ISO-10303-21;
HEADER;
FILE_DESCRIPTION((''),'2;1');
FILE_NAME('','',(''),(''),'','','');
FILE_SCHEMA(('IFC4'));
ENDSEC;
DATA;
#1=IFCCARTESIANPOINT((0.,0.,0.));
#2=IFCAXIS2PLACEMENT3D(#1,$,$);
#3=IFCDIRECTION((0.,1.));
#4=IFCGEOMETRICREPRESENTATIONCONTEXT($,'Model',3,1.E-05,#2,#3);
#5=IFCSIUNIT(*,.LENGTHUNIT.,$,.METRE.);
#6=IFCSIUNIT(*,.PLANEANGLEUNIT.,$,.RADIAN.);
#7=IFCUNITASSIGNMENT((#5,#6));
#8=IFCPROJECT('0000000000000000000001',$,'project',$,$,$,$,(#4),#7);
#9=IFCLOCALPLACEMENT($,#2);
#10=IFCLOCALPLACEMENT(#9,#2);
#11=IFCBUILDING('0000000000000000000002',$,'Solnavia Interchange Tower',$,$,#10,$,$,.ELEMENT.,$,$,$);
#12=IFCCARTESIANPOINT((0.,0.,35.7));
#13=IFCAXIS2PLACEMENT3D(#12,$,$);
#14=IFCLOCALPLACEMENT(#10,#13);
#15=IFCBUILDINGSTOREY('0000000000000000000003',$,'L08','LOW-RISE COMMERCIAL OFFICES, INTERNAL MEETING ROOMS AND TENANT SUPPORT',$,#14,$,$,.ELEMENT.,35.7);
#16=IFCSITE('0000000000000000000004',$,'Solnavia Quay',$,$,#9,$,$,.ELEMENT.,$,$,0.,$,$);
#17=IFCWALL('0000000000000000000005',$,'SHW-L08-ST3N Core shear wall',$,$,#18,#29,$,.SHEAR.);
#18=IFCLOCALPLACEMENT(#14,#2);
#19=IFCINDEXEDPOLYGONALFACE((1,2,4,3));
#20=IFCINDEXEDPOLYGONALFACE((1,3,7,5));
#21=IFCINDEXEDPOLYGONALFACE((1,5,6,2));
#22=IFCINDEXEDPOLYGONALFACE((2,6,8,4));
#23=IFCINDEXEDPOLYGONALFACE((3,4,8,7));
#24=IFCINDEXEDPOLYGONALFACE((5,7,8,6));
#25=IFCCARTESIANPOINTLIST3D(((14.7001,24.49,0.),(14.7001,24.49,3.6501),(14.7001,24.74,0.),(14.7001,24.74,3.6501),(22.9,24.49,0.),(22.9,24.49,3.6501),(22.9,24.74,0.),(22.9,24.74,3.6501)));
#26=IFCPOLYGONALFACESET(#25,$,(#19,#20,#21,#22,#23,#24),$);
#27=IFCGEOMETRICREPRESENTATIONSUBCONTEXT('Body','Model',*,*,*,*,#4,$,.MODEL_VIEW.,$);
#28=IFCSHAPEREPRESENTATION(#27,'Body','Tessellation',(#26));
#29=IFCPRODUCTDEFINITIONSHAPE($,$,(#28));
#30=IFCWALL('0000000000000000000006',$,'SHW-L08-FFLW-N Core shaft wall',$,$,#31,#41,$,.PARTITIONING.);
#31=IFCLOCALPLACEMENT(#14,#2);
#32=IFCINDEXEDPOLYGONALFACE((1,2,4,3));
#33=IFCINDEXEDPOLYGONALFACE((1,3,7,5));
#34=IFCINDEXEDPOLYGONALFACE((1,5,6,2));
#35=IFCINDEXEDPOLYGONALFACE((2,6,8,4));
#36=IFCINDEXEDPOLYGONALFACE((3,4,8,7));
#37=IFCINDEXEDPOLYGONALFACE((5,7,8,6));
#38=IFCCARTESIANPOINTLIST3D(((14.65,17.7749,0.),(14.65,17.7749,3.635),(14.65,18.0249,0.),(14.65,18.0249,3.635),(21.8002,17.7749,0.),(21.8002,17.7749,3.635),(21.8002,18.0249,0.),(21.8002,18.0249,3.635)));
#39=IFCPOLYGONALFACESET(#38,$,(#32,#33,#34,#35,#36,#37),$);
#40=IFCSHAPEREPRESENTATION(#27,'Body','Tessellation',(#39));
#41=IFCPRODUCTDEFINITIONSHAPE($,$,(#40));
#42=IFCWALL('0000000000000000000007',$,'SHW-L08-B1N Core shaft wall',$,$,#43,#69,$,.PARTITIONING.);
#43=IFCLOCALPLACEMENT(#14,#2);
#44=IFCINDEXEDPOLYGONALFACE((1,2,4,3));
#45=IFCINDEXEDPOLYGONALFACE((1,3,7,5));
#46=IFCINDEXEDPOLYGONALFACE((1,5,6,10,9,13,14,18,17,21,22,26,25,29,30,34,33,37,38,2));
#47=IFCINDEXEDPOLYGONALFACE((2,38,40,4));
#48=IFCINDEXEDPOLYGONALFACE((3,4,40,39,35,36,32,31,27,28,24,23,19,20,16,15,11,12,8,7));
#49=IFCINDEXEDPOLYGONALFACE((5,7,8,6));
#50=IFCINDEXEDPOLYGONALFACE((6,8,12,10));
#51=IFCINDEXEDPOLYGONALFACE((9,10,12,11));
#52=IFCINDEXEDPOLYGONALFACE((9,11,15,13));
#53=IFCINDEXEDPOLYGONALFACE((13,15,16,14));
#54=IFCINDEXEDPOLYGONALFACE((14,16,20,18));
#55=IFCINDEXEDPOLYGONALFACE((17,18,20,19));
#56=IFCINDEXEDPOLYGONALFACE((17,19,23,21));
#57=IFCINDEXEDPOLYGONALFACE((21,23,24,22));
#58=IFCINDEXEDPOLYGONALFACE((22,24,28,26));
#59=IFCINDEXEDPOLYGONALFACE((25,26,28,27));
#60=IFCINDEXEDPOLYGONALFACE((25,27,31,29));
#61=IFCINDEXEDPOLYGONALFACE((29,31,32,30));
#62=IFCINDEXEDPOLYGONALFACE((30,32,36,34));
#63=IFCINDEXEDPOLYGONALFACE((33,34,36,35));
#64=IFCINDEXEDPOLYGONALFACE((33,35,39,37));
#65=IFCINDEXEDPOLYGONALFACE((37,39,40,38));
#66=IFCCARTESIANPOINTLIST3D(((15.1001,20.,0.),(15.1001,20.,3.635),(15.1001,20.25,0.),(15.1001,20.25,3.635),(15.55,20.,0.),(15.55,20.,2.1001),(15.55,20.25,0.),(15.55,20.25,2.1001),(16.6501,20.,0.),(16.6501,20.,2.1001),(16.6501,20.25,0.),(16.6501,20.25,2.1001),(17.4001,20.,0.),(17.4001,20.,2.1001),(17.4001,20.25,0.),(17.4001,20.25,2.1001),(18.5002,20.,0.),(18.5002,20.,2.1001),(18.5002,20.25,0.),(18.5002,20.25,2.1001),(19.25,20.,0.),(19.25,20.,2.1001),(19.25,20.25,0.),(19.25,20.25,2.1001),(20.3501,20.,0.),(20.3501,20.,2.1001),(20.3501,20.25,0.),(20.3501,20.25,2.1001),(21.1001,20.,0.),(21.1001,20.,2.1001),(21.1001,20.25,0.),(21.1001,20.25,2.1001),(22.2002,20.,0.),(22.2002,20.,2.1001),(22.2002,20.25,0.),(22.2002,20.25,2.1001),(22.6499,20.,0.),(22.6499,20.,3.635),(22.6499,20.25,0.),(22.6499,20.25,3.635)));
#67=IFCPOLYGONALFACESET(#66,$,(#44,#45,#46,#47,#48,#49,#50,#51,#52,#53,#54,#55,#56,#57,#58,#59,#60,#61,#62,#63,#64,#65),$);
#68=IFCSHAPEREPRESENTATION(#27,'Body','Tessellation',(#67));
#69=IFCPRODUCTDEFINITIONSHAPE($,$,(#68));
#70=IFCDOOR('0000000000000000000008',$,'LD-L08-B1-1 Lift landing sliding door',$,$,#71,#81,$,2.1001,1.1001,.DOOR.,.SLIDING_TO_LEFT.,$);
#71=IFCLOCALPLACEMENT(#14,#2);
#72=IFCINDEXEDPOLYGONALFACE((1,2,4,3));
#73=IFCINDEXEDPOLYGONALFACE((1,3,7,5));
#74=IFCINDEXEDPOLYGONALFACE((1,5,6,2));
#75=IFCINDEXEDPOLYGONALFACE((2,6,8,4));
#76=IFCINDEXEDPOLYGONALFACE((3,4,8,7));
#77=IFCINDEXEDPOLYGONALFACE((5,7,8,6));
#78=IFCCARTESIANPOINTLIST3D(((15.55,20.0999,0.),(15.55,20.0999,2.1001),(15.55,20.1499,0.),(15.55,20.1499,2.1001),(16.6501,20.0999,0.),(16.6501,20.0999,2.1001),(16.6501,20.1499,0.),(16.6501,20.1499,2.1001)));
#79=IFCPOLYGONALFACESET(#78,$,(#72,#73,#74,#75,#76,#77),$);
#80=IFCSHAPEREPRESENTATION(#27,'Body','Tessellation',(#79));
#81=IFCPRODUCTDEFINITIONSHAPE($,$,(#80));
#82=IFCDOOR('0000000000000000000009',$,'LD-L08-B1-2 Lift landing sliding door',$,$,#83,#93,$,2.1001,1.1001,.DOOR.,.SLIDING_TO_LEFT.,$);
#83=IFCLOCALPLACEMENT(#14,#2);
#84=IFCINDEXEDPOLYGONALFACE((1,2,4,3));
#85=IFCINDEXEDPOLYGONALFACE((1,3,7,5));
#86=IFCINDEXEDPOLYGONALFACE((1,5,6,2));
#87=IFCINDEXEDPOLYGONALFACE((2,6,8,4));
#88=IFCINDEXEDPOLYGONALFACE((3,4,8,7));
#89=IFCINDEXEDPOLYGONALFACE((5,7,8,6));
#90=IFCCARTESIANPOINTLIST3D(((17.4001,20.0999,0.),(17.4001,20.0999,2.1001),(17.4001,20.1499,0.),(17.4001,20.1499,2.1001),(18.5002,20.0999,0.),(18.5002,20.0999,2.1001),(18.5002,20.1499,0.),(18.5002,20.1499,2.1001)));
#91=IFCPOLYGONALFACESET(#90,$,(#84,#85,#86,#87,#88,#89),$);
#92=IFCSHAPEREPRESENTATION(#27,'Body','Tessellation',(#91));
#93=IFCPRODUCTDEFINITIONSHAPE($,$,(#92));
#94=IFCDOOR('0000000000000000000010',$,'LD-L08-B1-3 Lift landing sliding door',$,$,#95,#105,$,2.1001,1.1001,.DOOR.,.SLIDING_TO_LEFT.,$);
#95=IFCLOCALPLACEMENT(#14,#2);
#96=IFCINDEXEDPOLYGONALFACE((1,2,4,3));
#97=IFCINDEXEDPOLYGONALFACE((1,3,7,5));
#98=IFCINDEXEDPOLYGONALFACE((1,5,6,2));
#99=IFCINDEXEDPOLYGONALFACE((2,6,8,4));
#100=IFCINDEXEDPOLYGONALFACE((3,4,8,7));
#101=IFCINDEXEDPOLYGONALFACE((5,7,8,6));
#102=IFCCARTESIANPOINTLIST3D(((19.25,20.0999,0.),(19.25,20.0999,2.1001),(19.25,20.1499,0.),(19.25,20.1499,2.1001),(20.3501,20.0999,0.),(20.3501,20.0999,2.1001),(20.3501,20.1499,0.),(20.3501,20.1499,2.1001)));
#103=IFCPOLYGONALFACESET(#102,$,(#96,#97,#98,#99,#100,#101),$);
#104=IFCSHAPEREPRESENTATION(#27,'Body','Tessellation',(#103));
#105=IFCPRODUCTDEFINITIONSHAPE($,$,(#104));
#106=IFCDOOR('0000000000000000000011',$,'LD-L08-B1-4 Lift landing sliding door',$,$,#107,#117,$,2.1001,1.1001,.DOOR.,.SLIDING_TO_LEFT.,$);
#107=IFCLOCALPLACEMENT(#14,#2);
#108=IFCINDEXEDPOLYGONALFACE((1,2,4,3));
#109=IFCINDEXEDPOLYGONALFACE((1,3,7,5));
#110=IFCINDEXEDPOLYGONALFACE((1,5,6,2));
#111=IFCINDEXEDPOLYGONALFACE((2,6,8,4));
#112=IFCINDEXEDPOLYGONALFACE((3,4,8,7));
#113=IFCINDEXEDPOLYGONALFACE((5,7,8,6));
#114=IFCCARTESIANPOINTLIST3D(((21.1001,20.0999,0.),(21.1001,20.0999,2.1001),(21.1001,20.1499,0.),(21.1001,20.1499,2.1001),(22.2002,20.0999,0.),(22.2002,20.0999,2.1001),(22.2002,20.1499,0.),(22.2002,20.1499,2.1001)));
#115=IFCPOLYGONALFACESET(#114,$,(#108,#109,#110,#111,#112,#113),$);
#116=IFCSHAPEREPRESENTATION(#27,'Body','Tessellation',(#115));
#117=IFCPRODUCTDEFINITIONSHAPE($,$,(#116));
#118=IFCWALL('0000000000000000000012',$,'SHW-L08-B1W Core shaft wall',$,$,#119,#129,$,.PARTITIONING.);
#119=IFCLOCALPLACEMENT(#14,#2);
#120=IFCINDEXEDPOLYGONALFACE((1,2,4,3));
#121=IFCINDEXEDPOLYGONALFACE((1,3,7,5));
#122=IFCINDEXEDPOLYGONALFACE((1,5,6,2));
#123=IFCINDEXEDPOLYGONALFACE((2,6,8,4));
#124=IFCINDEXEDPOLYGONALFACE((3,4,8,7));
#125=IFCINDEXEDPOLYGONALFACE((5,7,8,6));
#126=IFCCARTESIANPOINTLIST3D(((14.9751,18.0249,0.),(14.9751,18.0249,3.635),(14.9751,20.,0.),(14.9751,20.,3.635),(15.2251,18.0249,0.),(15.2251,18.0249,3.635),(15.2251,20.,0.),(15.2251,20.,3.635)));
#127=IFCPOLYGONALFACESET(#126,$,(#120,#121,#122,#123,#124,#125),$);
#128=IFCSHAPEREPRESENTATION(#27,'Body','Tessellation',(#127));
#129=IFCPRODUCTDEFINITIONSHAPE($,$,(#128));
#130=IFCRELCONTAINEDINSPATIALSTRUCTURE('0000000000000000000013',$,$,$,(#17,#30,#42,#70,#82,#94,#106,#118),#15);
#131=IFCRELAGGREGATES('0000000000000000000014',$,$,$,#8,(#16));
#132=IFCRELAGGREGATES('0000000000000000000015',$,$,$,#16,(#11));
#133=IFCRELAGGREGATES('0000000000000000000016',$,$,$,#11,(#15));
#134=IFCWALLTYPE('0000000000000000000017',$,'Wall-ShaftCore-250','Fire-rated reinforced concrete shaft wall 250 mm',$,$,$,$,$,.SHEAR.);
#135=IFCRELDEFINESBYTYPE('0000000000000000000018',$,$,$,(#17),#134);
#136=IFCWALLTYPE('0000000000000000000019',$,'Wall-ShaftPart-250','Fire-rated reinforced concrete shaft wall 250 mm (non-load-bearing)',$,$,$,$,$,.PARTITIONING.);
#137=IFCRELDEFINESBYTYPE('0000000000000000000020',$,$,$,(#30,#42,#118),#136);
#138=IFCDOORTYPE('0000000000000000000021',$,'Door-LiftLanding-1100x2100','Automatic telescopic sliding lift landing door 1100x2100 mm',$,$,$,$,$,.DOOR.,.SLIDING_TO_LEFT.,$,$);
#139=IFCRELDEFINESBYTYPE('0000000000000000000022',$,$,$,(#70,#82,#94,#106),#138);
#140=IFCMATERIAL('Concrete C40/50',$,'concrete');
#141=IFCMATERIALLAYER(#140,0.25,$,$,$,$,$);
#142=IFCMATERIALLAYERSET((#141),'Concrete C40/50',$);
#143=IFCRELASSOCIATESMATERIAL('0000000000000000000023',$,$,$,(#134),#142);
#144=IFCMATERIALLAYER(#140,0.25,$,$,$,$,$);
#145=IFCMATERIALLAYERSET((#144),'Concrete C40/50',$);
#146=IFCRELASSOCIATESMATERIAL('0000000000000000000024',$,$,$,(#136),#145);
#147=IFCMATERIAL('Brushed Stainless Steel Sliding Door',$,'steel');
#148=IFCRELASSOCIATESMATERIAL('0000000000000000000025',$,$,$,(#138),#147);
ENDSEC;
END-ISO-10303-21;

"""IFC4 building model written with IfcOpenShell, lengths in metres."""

from ifc_helpers import new_model, si_unit, direction, frame, frame_2d, origin, place, context, subcontext, project, spatial, rectangle, extrude, material, layer, layer_set, type_object, element, fill, save


model = new_model("IFC4")

# Units and contexts
model_context = context("Model", 3, precision=1e-05, world=origin(), true_north=direction((0.0, 1.0)))
body_context = subcontext(model_context, "Body", "Model", "MODEL_VIEW")
ifc_project = project(units=[si_unit("LENGTHUNIT", "METRE"), si_unit("PLANEANGLEUNIT", "RADIAN")], contexts=[model_context])

# Site, building, storey
site_placement = place(None, origin())
site = spatial("IfcSite", under=ifc_project, at=site_placement, Name="Solnavia Quay", CompositionType="ELEMENT", RefElevation=0.0)
building_placement = place(site_placement, origin())
building = spatial("IfcBuilding", under=site, at=building_placement, Name="Solnavia Interchange Tower", CompositionType="ELEMENT")
storey_placement = place(building_placement, frame((0.0, 0.0, 35.7)))
storey = spatial("IfcBuildingStorey", under=building, at=storey_placement, Name="L08", Description="LOW-RISE COMMERCIAL OFFICES, INTERNAL MEETING ROOMS AND TENANT SUPPORT", CompositionType="ELEMENT", Elevation=35.7)

# Shared definitions
ifc_material_1 = material(Name="Concrete C40/50", Category="concrete")

# Shared definitions
ifc_layer_1 = layer(ifc_material_1, 0.25)
ifc_layer_set_1 = layer_set([ifc_layer_1], Name="Concrete C40/50")
wall_type_1 = type_object("IfcWallType", Name="Wall-ShaftCore-250", Description="Fire-rated reinforced concrete shaft wall 250 mm", PredefinedType="SHEAR", material=ifc_layer_set_1)

# Walls
for number, where, z_axis, x_axis, name in (
    (1, (14.7, 24.615, 0.0), (0.0, 0.0, 1.0), (1.0, 0.0, 0.0), "SHW-L08-ST3N Core shear wall"),
):
    element("IfcWall", number, at=place(storey_placement, frame(where, z_axis=z_axis, x_axis=x_axis)), inside=storey, type_object=wall_type_1, Name=name, PredefinedType="SHEAR", context=body_context, shape_type="SweptSolid", body=[
        extrude(rectangle(XDim=8.2, YDim=0.25, at=frame_2d((4.1001, 0.0))), origin(), (0.0, 0.0, 1.0), 3.6501),
    ])
ifc_layer_2 = layer(ifc_material_1, 0.25)
ifc_layer_set_2 = layer_set([ifc_layer_2], Name="Concrete C40/50")
wall_type_2 = type_object("IfcWallType", Name="Wall-ShaftPart-250", Description="Fire-rated reinforced concrete shaft wall 250 mm (non-load-bearing)", PredefinedType="PARTITIONING", material=ifc_layer_set_2)
wall_1_placement = place(storey_placement, frame((14.6499, 17.8999, 0.0), z_axis=(0.0, 0.0, 1.0), x_axis=(1.0, 0.0, 0.0)))
element("IfcWall", 2, at=wall_1_placement, inside=storey, type_object=wall_type_2, Name="SHW-L08-FFLW-N Core shaft wall", PredefinedType="PARTITIONING", context=body_context, shape_type="SweptSolid", body=[
    extrude(rectangle(XDim=7.1501, YDim=0.25, at=frame_2d((3.5752, 0.0))), origin(), (0.0, 0.0, 1.0), 3.635),
])

# Wall, openings, doors
wall_2_placement = place(storey_placement, frame((15.1001, 20.125, 0.0), z_axis=(0.0, 0.0, 1.0), x_axis=(1.0, 0.0, 0.0)))
wall_2 = element("IfcWall", 3, at=wall_2_placement, inside=storey, type_object=wall_type_2, Name="SHW-L08-B1N Core shaft wall", PredefinedType="PARTITIONING", context=body_context, shape_type="SweptSolid", body=[
    extrude(rectangle(XDim=7.5498, YDim=0.25, at=frame_2d((3.7749, 0.0))), origin(), (0.0, 0.0, 1.0), 3.635),
])
opening_1_placement = place(wall_2_placement, frame((0.45, 0.0, 0.0)))
opening_1 = element("IfcOpeningElement", 4, at=opening_1_placement, cuts=wall_2, PredefinedType="OPENING", context=body_context, shape_type="SweptSolid", body=[
    extrude(rectangle(XDim=1.1001, YDim=2.1001, at=frame_2d((0.55, 1.05))), frame((0.0, 0.135, 0.0), z_axis=(0.0, -1.0, 0.0), x_axis=(1.0, 0.0, 0.0)), (0.0, 0.0, 1.0), 0.27),
])
opening_2_placement = place(wall_2_placement, frame((2.3, 0.0, 0.0)))
opening_2 = element("IfcOpeningElement", 5, at=opening_2_placement, cuts=wall_2, PredefinedType="OPENING", context=body_context, shape_type="SweptSolid", body=[
    extrude(rectangle(XDim=1.1001, YDim=2.1001, at=frame_2d((0.55, 1.05))), frame((0.0, 0.135, 0.0), z_axis=(0.0, -1.0, 0.0), x_axis=(1.0, 0.0, 0.0)), (0.0, 0.0, 1.0), 0.27),
])
opening_3_placement = place(wall_2_placement, frame((4.1499, 0.0, 0.0)))
opening_3 = element("IfcOpeningElement", 6, at=opening_3_placement, cuts=wall_2, PredefinedType="OPENING", context=body_context, shape_type="SweptSolid", body=[
    extrude(rectangle(XDim=1.1001, YDim=2.1001, at=frame_2d((0.55, 1.05))), frame((0.0, 0.135, 0.0), z_axis=(0.0, -1.0, 0.0), x_axis=(1.0, 0.0, 0.0)), (0.0, 0.0, 1.0), 0.27),
])
opening_4_placement = place(wall_2_placement, frame((6.0, 0.0, 0.0)))
opening_4 = element("IfcOpeningElement", 7, at=opening_4_placement, cuts=wall_2, PredefinedType="OPENING", context=body_context, shape_type="SweptSolid", body=[
    extrude(rectangle(XDim=1.1001, YDim=2.1001, at=frame_2d((0.55, 1.05))), frame((0.0, 0.135, 0.0), z_axis=(0.0, -1.0, 0.0), x_axis=(1.0, 0.0, 0.0)), (0.0, 0.0, 1.0), 0.27),
])
ifc_material_2 = material(Name="Brushed Stainless Steel Sliding Door", Category="steel")
door_type_1 = type_object("IfcDoorType", Name="Door-LiftLanding-1100x2100", Description="Automatic telescopic sliding lift landing door 1100x2100 mm", OperationType="SLIDING_TO_LEFT", PredefinedType="DOOR", material=ifc_material_2)
door_1_placement = place(opening_1_placement, origin())
door_1 = element("IfcDoor", 8, at=door_1_placement, inside=storey, type_object=door_type_1, Name="LD-L08-B1-1 Lift landing sliding door", OperationType="SLIDING_TO_LEFT", OverallHeight=2.1001, OverallWidth=1.1001, PredefinedType="DOOR", context=body_context, shape_type="SweptSolid", body=[
    extrude(rectangle(XDim=1.1001, YDim=2.1001, at=frame_2d((0.55, 1.05))), frame((0.0, 0.0249, 0.0), z_axis=(0.0, -1.0, 0.0), x_axis=(1.0, 0.0, 0.0)), (0.0, 0.0, 1.0), 0.05),
])
fill(opening_1, door_1)
door_2_placement = place(opening_2_placement, origin())
door_2 = element("IfcDoor", 9, at=door_2_placement, inside=storey, type_object=door_type_1, Name="LD-L08-B1-2 Lift landing sliding door", OperationType="SLIDING_TO_LEFT", OverallHeight=2.1001, OverallWidth=1.1001, PredefinedType="DOOR", context=body_context, shape_type="SweptSolid", body=[
    extrude(rectangle(XDim=1.1001, YDim=2.1001, at=frame_2d((0.55, 1.05))), frame((0.0, 0.0249, 0.0), z_axis=(0.0, -1.0, 0.0), x_axis=(1.0, 0.0, 0.0)), (0.0, 0.0, 1.0), 0.05),
])
fill(opening_2, door_2)
door_3_placement = place(opening_3_placement, origin())
door_3 = element("IfcDoor", 10, at=door_3_placement, inside=storey, type_object=door_type_1, Name="LD-L08-B1-3 Lift landing sliding door", OperationType="SLIDING_TO_LEFT", OverallHeight=2.1001, OverallWidth=1.1001, PredefinedType="DOOR", context=body_context, shape_type="SweptSolid", body=[
    extrude(rectangle(XDim=1.1001, YDim=2.1001, at=frame_2d((0.55, 1.05))), frame((0.0, 0.0249, 0.0), z_axis=(0.0, -1.0, 0.0), x_axis=(1.0, 0.0, 0.0)), (0.0, 0.0, 1.0), 0.05),
])
fill(opening_3, door_3)
door_4_placement = place(opening_4_placement, origin())
door_4 = element("IfcDoor", 11, at=door_4_placement, inside=storey, type_object=door_type_1, Name="LD-L08-B1-4 Lift landing sliding door", OperationType="SLIDING_TO_LEFT", OverallHeight=2.1001, OverallWidth=1.1001, PredefinedType="DOOR", context=body_context, shape_type="SweptSolid", body=[
    extrude(rectangle(XDim=1.1001, YDim=2.1001, at=frame_2d((0.55, 1.05))), frame((0.0, 0.0249, 0.0), z_axis=(0.0, -1.0, 0.0), x_axis=(1.0, 0.0, 0.0)), (0.0, 0.0, 1.0), 0.05),
])
fill(opening_4, door_4)

# Wall
wall_3_placement = place(storey_placement, frame((15.1001, 18.0249, 0.0), z_axis=(0.0, 0.0, 1.0), x_axis=(0.0, 1.0, 0.0)))
element("IfcWall", 12, at=wall_3_placement, inside=storey, type_object=wall_type_2, Name="SHW-L08-B1W Core shaft wall", PredefinedType="PARTITIONING", context=body_context, shape_type="SweptSolid", body=[
    extrude(rectangle(XDim=1.9751, YDim=0.25, at=frame_2d((0.9875, 0.0))), origin(), (0.0, 0.0, 1.0), 3.635),
])

save(model, "model.ifc")
